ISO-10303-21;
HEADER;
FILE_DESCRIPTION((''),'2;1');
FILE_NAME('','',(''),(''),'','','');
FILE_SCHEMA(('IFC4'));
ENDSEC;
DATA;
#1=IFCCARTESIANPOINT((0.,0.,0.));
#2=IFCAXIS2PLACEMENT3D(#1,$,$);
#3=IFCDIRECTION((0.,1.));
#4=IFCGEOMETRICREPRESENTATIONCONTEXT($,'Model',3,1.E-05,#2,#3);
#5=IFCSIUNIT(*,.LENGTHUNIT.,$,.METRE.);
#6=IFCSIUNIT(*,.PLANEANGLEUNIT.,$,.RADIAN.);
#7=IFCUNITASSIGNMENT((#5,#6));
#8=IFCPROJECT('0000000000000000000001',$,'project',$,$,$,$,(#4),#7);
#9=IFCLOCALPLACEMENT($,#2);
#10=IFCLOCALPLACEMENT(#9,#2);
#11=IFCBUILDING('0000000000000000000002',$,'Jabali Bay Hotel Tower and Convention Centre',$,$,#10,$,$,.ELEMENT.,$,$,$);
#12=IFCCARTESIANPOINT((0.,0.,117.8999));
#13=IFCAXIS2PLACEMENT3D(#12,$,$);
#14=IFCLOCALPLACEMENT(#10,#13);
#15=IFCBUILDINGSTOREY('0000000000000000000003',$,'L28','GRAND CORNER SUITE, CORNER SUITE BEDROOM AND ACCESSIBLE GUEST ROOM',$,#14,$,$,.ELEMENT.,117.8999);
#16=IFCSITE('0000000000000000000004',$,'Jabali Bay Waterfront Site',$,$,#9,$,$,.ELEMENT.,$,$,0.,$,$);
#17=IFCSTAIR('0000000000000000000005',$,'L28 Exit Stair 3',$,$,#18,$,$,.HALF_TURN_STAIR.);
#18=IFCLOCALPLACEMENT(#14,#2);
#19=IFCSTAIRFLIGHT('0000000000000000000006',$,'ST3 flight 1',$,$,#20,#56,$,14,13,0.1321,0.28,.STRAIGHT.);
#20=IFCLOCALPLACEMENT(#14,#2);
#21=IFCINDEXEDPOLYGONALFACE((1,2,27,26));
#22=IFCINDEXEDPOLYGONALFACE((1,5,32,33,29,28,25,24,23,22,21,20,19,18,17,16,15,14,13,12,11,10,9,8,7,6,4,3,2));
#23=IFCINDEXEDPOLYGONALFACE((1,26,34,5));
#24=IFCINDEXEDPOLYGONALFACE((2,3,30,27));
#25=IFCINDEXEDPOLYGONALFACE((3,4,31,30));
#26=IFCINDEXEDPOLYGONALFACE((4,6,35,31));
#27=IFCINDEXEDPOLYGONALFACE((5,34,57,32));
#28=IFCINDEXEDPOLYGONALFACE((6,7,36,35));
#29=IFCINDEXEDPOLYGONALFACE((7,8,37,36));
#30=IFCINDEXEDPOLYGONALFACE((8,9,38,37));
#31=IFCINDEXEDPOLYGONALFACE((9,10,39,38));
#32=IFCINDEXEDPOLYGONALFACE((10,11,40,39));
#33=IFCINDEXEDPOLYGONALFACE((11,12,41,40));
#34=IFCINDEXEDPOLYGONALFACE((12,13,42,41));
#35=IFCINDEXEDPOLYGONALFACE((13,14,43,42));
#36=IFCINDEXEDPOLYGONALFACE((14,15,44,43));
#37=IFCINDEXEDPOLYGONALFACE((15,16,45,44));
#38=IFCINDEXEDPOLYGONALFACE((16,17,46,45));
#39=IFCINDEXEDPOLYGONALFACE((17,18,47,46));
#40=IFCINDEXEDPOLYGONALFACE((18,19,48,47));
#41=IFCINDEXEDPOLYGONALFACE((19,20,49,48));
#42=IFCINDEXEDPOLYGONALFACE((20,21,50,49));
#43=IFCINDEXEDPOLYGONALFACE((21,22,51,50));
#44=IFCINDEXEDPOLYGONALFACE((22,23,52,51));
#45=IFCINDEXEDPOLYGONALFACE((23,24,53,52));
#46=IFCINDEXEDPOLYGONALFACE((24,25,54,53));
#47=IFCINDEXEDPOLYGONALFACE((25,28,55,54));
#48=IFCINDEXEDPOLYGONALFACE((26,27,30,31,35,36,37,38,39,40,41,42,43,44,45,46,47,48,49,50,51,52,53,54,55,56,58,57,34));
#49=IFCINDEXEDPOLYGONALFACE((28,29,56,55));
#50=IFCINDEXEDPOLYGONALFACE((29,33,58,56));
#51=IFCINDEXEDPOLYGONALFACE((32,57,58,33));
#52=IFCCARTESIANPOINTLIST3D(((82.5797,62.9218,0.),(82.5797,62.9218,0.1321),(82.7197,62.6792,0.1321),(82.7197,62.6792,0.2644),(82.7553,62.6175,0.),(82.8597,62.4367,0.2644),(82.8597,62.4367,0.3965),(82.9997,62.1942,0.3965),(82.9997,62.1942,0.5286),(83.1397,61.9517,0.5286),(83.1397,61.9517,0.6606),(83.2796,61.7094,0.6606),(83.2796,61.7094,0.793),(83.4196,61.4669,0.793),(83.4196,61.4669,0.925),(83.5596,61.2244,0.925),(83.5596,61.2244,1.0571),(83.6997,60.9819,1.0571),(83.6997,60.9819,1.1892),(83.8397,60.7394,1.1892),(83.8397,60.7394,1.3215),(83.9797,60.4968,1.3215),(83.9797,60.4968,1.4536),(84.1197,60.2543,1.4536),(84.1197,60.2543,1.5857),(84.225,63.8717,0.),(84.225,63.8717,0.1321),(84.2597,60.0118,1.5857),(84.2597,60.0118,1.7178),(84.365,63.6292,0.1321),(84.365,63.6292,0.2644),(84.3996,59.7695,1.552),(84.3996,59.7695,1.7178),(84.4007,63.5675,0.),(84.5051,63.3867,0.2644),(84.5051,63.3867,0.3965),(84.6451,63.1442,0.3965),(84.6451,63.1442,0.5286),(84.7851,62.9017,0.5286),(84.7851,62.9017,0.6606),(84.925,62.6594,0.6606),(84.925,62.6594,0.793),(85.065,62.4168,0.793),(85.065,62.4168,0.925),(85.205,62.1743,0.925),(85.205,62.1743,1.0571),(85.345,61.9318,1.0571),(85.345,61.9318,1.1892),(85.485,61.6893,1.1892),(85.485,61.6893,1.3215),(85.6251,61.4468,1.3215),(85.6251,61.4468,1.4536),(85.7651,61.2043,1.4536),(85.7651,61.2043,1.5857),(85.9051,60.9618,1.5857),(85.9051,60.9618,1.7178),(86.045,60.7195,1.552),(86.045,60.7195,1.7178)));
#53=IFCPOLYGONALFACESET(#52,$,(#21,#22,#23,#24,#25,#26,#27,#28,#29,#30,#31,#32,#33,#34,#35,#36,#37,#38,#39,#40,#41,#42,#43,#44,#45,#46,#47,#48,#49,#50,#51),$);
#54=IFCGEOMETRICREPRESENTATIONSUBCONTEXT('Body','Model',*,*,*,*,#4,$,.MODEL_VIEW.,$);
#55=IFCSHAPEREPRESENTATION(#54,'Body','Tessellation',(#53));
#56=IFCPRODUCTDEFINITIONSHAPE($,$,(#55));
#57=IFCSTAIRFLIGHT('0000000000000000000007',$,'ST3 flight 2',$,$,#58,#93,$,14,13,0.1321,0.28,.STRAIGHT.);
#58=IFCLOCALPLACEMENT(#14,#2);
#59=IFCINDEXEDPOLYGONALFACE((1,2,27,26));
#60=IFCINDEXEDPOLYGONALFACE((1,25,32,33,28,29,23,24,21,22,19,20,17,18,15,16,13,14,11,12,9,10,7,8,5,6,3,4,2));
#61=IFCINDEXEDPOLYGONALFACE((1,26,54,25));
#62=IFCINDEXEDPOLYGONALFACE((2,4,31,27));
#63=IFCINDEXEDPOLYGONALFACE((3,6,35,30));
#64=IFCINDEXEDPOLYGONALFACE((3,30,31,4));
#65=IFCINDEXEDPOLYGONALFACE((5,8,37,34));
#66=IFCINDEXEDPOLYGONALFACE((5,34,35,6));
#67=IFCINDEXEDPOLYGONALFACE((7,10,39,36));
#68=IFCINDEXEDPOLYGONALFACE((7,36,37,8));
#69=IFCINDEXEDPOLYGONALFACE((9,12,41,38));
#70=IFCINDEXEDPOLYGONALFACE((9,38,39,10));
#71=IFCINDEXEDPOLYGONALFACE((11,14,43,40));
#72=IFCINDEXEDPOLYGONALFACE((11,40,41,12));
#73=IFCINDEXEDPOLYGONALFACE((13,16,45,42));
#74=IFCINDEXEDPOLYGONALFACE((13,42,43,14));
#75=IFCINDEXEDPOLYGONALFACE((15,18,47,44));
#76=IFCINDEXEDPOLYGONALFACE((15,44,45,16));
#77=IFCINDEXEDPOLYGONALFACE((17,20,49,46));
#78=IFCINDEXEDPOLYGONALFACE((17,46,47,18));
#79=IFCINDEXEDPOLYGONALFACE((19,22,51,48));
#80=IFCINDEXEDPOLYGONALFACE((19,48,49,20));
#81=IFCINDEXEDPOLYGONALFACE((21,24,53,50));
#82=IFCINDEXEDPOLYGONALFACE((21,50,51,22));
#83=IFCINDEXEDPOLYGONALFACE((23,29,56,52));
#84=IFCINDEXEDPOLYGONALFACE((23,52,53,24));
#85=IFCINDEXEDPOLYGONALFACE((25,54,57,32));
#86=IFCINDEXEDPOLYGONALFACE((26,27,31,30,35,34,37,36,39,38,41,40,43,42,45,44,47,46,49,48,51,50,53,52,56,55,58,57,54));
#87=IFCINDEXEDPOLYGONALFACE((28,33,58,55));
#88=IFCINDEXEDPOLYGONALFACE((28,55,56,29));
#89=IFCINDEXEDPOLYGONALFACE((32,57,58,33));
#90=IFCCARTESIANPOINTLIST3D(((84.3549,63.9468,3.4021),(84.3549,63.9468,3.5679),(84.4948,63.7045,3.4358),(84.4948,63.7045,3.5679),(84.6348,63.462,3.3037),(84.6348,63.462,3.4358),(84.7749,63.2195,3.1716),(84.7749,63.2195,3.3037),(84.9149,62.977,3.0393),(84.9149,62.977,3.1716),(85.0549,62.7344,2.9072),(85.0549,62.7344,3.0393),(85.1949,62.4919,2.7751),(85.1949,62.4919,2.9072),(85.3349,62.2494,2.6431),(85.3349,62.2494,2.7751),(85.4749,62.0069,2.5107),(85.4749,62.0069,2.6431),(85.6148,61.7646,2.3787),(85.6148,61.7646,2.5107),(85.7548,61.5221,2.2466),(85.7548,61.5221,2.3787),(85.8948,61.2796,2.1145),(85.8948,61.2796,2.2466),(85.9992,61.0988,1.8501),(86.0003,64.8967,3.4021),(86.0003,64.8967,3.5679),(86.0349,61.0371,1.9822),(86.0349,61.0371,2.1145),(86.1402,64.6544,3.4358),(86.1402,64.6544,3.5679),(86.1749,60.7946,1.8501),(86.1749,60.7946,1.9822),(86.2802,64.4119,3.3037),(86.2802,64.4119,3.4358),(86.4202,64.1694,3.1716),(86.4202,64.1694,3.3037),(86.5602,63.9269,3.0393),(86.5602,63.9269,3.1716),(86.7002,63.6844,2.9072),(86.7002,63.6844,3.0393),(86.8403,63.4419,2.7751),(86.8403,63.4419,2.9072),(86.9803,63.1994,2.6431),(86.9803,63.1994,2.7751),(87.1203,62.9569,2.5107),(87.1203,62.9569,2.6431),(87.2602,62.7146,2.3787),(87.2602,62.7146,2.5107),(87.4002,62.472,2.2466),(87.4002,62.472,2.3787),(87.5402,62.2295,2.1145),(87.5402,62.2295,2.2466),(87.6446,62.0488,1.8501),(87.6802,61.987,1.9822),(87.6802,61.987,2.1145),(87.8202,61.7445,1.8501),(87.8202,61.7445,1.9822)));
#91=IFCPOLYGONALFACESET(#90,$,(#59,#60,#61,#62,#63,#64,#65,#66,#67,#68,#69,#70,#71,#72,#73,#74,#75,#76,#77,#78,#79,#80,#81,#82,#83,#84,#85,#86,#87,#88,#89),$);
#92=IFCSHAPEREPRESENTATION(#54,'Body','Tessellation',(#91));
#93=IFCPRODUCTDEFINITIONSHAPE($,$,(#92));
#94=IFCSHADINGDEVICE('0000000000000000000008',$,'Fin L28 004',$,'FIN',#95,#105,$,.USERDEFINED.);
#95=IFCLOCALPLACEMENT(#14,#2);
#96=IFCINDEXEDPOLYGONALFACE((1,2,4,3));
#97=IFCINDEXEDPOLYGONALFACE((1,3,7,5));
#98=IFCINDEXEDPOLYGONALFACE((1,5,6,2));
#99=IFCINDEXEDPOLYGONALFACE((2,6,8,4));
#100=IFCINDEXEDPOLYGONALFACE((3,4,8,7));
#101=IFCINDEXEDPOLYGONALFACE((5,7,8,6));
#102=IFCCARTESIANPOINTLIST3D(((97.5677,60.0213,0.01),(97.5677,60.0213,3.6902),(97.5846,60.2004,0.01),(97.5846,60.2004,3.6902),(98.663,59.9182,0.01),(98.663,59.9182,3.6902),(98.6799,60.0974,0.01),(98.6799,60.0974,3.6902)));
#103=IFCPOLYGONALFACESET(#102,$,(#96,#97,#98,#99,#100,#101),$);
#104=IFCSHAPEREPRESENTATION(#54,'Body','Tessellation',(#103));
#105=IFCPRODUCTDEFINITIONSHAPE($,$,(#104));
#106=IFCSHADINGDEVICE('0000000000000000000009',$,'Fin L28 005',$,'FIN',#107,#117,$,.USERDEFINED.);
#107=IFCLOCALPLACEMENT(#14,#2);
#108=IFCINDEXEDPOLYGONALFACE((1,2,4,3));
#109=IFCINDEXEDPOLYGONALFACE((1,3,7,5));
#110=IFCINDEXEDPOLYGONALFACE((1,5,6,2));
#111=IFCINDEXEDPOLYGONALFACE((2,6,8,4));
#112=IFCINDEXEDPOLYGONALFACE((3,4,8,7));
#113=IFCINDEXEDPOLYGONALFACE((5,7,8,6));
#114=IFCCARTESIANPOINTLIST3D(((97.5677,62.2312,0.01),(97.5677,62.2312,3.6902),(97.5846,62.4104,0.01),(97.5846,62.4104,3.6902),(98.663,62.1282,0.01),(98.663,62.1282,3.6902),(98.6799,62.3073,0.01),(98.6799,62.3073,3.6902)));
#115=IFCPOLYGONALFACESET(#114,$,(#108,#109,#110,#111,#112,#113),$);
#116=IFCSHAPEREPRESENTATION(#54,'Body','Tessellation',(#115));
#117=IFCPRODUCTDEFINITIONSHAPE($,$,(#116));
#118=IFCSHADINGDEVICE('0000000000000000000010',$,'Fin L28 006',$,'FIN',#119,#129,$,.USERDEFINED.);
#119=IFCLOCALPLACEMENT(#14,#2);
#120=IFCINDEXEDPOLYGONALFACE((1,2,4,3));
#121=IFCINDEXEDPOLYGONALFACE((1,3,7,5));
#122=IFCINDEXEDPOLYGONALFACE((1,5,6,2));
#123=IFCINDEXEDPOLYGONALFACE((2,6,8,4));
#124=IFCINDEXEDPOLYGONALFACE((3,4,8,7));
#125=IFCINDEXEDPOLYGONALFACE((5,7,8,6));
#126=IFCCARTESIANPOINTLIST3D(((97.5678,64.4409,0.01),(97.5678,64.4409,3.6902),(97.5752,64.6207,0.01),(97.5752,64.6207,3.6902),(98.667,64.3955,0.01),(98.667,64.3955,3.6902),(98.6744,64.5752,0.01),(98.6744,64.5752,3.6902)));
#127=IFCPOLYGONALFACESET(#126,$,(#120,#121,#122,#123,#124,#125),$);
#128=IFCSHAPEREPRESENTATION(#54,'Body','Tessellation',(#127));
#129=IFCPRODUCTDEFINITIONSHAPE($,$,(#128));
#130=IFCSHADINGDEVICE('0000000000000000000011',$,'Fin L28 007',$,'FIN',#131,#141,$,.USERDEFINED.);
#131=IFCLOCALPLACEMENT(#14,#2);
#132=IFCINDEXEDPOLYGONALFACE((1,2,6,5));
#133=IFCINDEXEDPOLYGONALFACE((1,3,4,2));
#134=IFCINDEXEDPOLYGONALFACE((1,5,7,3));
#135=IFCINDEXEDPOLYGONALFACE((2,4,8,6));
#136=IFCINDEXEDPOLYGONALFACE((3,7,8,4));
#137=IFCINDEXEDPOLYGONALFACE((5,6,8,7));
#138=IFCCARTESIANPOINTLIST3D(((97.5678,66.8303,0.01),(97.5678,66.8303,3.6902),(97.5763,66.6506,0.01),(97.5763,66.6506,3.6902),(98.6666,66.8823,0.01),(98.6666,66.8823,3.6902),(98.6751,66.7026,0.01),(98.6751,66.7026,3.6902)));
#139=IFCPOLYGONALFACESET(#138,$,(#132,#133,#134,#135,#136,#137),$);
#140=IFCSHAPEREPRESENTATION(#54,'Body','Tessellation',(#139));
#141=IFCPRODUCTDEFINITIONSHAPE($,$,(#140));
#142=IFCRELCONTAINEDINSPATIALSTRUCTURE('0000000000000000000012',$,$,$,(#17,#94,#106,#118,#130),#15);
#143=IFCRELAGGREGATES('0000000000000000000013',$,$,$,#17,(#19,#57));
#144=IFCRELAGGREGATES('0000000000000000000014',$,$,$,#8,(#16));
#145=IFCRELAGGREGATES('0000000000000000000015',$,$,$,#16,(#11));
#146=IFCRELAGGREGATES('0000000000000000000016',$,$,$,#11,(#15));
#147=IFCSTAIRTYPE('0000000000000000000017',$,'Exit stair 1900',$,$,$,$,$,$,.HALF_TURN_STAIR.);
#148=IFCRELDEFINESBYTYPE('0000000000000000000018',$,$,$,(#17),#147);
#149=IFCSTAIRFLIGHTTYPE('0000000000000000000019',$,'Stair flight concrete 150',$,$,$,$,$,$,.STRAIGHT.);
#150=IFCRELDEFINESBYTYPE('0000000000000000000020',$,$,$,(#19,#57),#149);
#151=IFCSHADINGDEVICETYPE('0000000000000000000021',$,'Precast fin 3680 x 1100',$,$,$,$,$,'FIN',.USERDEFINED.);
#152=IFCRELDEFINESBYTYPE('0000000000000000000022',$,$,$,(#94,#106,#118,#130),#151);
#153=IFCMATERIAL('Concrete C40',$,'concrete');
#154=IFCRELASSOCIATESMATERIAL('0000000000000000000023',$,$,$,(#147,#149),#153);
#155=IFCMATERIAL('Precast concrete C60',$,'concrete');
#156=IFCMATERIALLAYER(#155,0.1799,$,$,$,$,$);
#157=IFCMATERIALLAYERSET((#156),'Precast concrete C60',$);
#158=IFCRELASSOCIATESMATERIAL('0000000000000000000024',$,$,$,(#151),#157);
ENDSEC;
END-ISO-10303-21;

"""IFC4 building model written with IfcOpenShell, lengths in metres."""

from ifc_helpers import new_model, si_unit, direction, frame, frame_2d, origin, place, context, subcontext, project, spatial, polyline, rectangle, outline, extrude, material, layer, layer_set, type_object, element, aggregate, save


model = new_model("IFC4")

# Units and contexts
model_context = context("Model", 3, precision=1e-05, world=origin(), true_north=direction((0.0, 1.0)))
body_context = subcontext(model_context, "Body", "Model", "MODEL_VIEW")
ifc_project = project(units=[si_unit("LENGTHUNIT", "METRE"), si_unit("PLANEANGLEUNIT", "RADIAN")], contexts=[model_context])

# Site, building, storey
site_placement = place(None, origin())
site = spatial("IfcSite", under=ifc_project, at=site_placement, Name="Jabali Bay Waterfront Site", CompositionType="ELEMENT", RefElevation=0.0)
building_placement = place(site_placement, origin())
building = spatial("IfcBuilding", under=site, at=building_placement, Name="Jabali Bay Hotel Tower and Convention Centre", CompositionType="ELEMENT")
storey_placement = place(building_placement, frame((0.0, 0.0, 117.8999)))
storey = spatial("IfcBuildingStorey", under=building, at=storey_placement, Name="L28", Description="GRAND CORNER SUITE, CORNER SUITE BEDROOM AND ACCESSIBLE GUEST ROOM", CompositionType="ELEMENT", Elevation=117.8999)

# Shared definitions
ifc_material_1 = material(Name="Concrete C40", Category="concrete")

# Stair, stair flights
stair_type = type_object("IfcStairType", Name="Exit stair 1900", PredefinedType="HALF_TURN_STAIR", material=ifc_material_1)
stair_placement = place(storey_placement, origin())
stair = element("IfcStair", 1, at=stair_placement, inside=storey, type_object=stair_type, Name="L28 Exit Stair 3", PredefinedType="HALF_TURN_STAIR")
stair_flight_type = type_object("IfcStairFlightType", Name="Stair flight concrete 150", PredefinedType="STRAIGHT", material=ifc_material_1)
stair_flight_1_placement = place(storey_placement, frame((83.4023, 63.3967, 0.0), z_axis=(0.0, 0.0, 1.0), x_axis=(0.5, -0.866025, 0.0)))
stair_flight_1 = element("IfcStairFlight", 2, at=stair_flight_1_placement, type_object=stair_flight_type, Name="ST3 flight 1", NumberOfRisers=14, NumberOfTreads=13, PredefinedType="STRAIGHT", RiserHeight=0.1321, TreadLength=0.28, context=body_context, shape_type="SweptSolid", body=[
    extrude(outline(polyline([(0.0, 0.0), (0.0, 0.1321), (0.28, 0.1321), (0.28, 0.2644), (0.5601, 0.2644), (0.5601, 0.3965), (0.8401, 0.3965), (0.8401, 0.5286), (1.1201, 0.5286), (1.1201, 0.6606), (1.3999, 0.6606), (1.3999, 0.793), (1.6799, 0.793), (1.6799, 0.925), (1.96, 0.925), (1.96, 1.0571), (2.24, 1.0571), (2.24, 1.1892), (2.52, 1.1892), (2.52, 1.3215), (2.8, 1.3215), (2.8, 1.4536), (3.0801, 1.4536), (3.0801, 1.5857), (3.3601, 1.5857), (3.3601, 1.7178), (3.6399, 1.7178), (3.6399, 1.8501), (3.6399, 1.552), (0.3513, 0.0), (0.0, 0.0)])), frame((0.0, 0.95, 0.0), z_axis=(0.0, -1.0, 0.0), x_axis=(1.0, 0.0, 0.0)), (0.0, 0.0, 1.0), 1.8999),
])
stair_flight_2_placement = place(storey_placement, frame((86.9976, 61.2695, 1.8501), z_axis=(0.0, 0.0, 1.0), x_axis=(-0.5, 0.866025, 0.0)))
stair_flight_2 = element("IfcStairFlight", 3, at=stair_flight_2_placement, type_object=stair_flight_type, Name="ST3 flight 2", NumberOfRisers=14, NumberOfTreads=13, PredefinedType="STRAIGHT", RiserHeight=0.1321, TreadLength=0.28, context=body_context, shape_type="SweptSolid", body=[
    extrude(outline(polyline([(0.0, 0.0), (0.0, 0.1321), (0.28, 0.1321), (0.28, 0.2644), (0.5601, 0.2644), (0.5601, 0.3965), (0.8401, 0.3965), (0.8401, 0.5286), (1.1201, 0.5286), (1.1201, 0.6606), (1.3999, 0.6606), (1.3999, 0.793), (1.6799, 0.793), (1.6799, 0.925), (1.96, 0.925), (1.96, 1.0571), (2.24, 1.0571), (2.24, 1.1892), (2.52, 1.1892), (2.52, 1.3215), (2.8, 1.3215), (2.8, 1.4536), (3.0801, 1.4536), (3.0801, 1.5857), (3.3601, 1.5857), (3.3601, 1.7178), (3.6399, 1.7178), (3.6399, 1.8501), (3.6399, 1.552), (0.3513, 0.0), (0.0, 0.0)])), frame((0.0, 0.95, 0.0), z_axis=(0.0, -1.0, 0.0), x_axis=(1.0, 0.0, 0.0)), (0.0, 0.0, 1.0), 1.8999),
])
aggregate(stair, [stair_flight_1, stair_flight_2])

# Shading devices
ifc_material_2 = material(Name="Precast concrete C60", Category="concrete")
ifc_layer_1 = layer(ifc_material_2, 0.1799)
ifc_layer_set_1 = layer_set([ifc_layer_1], Name="Precast concrete C60")
shading_device_type = type_object("IfcShadingDeviceType", Name="Precast fin 3680 x 1100", ElementType="FIN", PredefinedType="USERDEFINED", material=ifc_layer_set_1)
for number, where, z_axis, x_axis, name in (
    (4, (97.5762, 60.1108, 0.01), (0.0, 0.0, 1.0), (0.995605, -0.093657, 0.0), "Fin L28 004"),
    (5, (97.5762, 62.3208, 0.01), (0.0, 0.0, 1.0), (0.995605, -0.093657, 0.0), "Fin L28 005"),
    (6, (97.5715, 64.5308, 0.01), (0.0, 0.0, 1.0), (0.999148, -0.04128, 0.0), "Fin L28 006"),
    (7, (97.572, 66.7405, 0.01), (0.0, 0.0, 1.0), (0.998882, 0.04727, 0.0), "Fin L28 007"),
):
    element("IfcShadingDevice", number, at=place(storey_placement, frame(where, z_axis=z_axis, x_axis=x_axis)), inside=storey, type_object=shading_device_type, Name=name, ObjectType="FIN", PredefinedType="USERDEFINED", context=body_context, shape_type="SweptSolid", body=[
        extrude(rectangle(XDim=1.1001, YDim=0.1799, at=frame_2d((0.55, 0.0))), origin(), (0.0, 0.0, 1.0), 3.6802),
    ])

save(model, "model.ifc")
